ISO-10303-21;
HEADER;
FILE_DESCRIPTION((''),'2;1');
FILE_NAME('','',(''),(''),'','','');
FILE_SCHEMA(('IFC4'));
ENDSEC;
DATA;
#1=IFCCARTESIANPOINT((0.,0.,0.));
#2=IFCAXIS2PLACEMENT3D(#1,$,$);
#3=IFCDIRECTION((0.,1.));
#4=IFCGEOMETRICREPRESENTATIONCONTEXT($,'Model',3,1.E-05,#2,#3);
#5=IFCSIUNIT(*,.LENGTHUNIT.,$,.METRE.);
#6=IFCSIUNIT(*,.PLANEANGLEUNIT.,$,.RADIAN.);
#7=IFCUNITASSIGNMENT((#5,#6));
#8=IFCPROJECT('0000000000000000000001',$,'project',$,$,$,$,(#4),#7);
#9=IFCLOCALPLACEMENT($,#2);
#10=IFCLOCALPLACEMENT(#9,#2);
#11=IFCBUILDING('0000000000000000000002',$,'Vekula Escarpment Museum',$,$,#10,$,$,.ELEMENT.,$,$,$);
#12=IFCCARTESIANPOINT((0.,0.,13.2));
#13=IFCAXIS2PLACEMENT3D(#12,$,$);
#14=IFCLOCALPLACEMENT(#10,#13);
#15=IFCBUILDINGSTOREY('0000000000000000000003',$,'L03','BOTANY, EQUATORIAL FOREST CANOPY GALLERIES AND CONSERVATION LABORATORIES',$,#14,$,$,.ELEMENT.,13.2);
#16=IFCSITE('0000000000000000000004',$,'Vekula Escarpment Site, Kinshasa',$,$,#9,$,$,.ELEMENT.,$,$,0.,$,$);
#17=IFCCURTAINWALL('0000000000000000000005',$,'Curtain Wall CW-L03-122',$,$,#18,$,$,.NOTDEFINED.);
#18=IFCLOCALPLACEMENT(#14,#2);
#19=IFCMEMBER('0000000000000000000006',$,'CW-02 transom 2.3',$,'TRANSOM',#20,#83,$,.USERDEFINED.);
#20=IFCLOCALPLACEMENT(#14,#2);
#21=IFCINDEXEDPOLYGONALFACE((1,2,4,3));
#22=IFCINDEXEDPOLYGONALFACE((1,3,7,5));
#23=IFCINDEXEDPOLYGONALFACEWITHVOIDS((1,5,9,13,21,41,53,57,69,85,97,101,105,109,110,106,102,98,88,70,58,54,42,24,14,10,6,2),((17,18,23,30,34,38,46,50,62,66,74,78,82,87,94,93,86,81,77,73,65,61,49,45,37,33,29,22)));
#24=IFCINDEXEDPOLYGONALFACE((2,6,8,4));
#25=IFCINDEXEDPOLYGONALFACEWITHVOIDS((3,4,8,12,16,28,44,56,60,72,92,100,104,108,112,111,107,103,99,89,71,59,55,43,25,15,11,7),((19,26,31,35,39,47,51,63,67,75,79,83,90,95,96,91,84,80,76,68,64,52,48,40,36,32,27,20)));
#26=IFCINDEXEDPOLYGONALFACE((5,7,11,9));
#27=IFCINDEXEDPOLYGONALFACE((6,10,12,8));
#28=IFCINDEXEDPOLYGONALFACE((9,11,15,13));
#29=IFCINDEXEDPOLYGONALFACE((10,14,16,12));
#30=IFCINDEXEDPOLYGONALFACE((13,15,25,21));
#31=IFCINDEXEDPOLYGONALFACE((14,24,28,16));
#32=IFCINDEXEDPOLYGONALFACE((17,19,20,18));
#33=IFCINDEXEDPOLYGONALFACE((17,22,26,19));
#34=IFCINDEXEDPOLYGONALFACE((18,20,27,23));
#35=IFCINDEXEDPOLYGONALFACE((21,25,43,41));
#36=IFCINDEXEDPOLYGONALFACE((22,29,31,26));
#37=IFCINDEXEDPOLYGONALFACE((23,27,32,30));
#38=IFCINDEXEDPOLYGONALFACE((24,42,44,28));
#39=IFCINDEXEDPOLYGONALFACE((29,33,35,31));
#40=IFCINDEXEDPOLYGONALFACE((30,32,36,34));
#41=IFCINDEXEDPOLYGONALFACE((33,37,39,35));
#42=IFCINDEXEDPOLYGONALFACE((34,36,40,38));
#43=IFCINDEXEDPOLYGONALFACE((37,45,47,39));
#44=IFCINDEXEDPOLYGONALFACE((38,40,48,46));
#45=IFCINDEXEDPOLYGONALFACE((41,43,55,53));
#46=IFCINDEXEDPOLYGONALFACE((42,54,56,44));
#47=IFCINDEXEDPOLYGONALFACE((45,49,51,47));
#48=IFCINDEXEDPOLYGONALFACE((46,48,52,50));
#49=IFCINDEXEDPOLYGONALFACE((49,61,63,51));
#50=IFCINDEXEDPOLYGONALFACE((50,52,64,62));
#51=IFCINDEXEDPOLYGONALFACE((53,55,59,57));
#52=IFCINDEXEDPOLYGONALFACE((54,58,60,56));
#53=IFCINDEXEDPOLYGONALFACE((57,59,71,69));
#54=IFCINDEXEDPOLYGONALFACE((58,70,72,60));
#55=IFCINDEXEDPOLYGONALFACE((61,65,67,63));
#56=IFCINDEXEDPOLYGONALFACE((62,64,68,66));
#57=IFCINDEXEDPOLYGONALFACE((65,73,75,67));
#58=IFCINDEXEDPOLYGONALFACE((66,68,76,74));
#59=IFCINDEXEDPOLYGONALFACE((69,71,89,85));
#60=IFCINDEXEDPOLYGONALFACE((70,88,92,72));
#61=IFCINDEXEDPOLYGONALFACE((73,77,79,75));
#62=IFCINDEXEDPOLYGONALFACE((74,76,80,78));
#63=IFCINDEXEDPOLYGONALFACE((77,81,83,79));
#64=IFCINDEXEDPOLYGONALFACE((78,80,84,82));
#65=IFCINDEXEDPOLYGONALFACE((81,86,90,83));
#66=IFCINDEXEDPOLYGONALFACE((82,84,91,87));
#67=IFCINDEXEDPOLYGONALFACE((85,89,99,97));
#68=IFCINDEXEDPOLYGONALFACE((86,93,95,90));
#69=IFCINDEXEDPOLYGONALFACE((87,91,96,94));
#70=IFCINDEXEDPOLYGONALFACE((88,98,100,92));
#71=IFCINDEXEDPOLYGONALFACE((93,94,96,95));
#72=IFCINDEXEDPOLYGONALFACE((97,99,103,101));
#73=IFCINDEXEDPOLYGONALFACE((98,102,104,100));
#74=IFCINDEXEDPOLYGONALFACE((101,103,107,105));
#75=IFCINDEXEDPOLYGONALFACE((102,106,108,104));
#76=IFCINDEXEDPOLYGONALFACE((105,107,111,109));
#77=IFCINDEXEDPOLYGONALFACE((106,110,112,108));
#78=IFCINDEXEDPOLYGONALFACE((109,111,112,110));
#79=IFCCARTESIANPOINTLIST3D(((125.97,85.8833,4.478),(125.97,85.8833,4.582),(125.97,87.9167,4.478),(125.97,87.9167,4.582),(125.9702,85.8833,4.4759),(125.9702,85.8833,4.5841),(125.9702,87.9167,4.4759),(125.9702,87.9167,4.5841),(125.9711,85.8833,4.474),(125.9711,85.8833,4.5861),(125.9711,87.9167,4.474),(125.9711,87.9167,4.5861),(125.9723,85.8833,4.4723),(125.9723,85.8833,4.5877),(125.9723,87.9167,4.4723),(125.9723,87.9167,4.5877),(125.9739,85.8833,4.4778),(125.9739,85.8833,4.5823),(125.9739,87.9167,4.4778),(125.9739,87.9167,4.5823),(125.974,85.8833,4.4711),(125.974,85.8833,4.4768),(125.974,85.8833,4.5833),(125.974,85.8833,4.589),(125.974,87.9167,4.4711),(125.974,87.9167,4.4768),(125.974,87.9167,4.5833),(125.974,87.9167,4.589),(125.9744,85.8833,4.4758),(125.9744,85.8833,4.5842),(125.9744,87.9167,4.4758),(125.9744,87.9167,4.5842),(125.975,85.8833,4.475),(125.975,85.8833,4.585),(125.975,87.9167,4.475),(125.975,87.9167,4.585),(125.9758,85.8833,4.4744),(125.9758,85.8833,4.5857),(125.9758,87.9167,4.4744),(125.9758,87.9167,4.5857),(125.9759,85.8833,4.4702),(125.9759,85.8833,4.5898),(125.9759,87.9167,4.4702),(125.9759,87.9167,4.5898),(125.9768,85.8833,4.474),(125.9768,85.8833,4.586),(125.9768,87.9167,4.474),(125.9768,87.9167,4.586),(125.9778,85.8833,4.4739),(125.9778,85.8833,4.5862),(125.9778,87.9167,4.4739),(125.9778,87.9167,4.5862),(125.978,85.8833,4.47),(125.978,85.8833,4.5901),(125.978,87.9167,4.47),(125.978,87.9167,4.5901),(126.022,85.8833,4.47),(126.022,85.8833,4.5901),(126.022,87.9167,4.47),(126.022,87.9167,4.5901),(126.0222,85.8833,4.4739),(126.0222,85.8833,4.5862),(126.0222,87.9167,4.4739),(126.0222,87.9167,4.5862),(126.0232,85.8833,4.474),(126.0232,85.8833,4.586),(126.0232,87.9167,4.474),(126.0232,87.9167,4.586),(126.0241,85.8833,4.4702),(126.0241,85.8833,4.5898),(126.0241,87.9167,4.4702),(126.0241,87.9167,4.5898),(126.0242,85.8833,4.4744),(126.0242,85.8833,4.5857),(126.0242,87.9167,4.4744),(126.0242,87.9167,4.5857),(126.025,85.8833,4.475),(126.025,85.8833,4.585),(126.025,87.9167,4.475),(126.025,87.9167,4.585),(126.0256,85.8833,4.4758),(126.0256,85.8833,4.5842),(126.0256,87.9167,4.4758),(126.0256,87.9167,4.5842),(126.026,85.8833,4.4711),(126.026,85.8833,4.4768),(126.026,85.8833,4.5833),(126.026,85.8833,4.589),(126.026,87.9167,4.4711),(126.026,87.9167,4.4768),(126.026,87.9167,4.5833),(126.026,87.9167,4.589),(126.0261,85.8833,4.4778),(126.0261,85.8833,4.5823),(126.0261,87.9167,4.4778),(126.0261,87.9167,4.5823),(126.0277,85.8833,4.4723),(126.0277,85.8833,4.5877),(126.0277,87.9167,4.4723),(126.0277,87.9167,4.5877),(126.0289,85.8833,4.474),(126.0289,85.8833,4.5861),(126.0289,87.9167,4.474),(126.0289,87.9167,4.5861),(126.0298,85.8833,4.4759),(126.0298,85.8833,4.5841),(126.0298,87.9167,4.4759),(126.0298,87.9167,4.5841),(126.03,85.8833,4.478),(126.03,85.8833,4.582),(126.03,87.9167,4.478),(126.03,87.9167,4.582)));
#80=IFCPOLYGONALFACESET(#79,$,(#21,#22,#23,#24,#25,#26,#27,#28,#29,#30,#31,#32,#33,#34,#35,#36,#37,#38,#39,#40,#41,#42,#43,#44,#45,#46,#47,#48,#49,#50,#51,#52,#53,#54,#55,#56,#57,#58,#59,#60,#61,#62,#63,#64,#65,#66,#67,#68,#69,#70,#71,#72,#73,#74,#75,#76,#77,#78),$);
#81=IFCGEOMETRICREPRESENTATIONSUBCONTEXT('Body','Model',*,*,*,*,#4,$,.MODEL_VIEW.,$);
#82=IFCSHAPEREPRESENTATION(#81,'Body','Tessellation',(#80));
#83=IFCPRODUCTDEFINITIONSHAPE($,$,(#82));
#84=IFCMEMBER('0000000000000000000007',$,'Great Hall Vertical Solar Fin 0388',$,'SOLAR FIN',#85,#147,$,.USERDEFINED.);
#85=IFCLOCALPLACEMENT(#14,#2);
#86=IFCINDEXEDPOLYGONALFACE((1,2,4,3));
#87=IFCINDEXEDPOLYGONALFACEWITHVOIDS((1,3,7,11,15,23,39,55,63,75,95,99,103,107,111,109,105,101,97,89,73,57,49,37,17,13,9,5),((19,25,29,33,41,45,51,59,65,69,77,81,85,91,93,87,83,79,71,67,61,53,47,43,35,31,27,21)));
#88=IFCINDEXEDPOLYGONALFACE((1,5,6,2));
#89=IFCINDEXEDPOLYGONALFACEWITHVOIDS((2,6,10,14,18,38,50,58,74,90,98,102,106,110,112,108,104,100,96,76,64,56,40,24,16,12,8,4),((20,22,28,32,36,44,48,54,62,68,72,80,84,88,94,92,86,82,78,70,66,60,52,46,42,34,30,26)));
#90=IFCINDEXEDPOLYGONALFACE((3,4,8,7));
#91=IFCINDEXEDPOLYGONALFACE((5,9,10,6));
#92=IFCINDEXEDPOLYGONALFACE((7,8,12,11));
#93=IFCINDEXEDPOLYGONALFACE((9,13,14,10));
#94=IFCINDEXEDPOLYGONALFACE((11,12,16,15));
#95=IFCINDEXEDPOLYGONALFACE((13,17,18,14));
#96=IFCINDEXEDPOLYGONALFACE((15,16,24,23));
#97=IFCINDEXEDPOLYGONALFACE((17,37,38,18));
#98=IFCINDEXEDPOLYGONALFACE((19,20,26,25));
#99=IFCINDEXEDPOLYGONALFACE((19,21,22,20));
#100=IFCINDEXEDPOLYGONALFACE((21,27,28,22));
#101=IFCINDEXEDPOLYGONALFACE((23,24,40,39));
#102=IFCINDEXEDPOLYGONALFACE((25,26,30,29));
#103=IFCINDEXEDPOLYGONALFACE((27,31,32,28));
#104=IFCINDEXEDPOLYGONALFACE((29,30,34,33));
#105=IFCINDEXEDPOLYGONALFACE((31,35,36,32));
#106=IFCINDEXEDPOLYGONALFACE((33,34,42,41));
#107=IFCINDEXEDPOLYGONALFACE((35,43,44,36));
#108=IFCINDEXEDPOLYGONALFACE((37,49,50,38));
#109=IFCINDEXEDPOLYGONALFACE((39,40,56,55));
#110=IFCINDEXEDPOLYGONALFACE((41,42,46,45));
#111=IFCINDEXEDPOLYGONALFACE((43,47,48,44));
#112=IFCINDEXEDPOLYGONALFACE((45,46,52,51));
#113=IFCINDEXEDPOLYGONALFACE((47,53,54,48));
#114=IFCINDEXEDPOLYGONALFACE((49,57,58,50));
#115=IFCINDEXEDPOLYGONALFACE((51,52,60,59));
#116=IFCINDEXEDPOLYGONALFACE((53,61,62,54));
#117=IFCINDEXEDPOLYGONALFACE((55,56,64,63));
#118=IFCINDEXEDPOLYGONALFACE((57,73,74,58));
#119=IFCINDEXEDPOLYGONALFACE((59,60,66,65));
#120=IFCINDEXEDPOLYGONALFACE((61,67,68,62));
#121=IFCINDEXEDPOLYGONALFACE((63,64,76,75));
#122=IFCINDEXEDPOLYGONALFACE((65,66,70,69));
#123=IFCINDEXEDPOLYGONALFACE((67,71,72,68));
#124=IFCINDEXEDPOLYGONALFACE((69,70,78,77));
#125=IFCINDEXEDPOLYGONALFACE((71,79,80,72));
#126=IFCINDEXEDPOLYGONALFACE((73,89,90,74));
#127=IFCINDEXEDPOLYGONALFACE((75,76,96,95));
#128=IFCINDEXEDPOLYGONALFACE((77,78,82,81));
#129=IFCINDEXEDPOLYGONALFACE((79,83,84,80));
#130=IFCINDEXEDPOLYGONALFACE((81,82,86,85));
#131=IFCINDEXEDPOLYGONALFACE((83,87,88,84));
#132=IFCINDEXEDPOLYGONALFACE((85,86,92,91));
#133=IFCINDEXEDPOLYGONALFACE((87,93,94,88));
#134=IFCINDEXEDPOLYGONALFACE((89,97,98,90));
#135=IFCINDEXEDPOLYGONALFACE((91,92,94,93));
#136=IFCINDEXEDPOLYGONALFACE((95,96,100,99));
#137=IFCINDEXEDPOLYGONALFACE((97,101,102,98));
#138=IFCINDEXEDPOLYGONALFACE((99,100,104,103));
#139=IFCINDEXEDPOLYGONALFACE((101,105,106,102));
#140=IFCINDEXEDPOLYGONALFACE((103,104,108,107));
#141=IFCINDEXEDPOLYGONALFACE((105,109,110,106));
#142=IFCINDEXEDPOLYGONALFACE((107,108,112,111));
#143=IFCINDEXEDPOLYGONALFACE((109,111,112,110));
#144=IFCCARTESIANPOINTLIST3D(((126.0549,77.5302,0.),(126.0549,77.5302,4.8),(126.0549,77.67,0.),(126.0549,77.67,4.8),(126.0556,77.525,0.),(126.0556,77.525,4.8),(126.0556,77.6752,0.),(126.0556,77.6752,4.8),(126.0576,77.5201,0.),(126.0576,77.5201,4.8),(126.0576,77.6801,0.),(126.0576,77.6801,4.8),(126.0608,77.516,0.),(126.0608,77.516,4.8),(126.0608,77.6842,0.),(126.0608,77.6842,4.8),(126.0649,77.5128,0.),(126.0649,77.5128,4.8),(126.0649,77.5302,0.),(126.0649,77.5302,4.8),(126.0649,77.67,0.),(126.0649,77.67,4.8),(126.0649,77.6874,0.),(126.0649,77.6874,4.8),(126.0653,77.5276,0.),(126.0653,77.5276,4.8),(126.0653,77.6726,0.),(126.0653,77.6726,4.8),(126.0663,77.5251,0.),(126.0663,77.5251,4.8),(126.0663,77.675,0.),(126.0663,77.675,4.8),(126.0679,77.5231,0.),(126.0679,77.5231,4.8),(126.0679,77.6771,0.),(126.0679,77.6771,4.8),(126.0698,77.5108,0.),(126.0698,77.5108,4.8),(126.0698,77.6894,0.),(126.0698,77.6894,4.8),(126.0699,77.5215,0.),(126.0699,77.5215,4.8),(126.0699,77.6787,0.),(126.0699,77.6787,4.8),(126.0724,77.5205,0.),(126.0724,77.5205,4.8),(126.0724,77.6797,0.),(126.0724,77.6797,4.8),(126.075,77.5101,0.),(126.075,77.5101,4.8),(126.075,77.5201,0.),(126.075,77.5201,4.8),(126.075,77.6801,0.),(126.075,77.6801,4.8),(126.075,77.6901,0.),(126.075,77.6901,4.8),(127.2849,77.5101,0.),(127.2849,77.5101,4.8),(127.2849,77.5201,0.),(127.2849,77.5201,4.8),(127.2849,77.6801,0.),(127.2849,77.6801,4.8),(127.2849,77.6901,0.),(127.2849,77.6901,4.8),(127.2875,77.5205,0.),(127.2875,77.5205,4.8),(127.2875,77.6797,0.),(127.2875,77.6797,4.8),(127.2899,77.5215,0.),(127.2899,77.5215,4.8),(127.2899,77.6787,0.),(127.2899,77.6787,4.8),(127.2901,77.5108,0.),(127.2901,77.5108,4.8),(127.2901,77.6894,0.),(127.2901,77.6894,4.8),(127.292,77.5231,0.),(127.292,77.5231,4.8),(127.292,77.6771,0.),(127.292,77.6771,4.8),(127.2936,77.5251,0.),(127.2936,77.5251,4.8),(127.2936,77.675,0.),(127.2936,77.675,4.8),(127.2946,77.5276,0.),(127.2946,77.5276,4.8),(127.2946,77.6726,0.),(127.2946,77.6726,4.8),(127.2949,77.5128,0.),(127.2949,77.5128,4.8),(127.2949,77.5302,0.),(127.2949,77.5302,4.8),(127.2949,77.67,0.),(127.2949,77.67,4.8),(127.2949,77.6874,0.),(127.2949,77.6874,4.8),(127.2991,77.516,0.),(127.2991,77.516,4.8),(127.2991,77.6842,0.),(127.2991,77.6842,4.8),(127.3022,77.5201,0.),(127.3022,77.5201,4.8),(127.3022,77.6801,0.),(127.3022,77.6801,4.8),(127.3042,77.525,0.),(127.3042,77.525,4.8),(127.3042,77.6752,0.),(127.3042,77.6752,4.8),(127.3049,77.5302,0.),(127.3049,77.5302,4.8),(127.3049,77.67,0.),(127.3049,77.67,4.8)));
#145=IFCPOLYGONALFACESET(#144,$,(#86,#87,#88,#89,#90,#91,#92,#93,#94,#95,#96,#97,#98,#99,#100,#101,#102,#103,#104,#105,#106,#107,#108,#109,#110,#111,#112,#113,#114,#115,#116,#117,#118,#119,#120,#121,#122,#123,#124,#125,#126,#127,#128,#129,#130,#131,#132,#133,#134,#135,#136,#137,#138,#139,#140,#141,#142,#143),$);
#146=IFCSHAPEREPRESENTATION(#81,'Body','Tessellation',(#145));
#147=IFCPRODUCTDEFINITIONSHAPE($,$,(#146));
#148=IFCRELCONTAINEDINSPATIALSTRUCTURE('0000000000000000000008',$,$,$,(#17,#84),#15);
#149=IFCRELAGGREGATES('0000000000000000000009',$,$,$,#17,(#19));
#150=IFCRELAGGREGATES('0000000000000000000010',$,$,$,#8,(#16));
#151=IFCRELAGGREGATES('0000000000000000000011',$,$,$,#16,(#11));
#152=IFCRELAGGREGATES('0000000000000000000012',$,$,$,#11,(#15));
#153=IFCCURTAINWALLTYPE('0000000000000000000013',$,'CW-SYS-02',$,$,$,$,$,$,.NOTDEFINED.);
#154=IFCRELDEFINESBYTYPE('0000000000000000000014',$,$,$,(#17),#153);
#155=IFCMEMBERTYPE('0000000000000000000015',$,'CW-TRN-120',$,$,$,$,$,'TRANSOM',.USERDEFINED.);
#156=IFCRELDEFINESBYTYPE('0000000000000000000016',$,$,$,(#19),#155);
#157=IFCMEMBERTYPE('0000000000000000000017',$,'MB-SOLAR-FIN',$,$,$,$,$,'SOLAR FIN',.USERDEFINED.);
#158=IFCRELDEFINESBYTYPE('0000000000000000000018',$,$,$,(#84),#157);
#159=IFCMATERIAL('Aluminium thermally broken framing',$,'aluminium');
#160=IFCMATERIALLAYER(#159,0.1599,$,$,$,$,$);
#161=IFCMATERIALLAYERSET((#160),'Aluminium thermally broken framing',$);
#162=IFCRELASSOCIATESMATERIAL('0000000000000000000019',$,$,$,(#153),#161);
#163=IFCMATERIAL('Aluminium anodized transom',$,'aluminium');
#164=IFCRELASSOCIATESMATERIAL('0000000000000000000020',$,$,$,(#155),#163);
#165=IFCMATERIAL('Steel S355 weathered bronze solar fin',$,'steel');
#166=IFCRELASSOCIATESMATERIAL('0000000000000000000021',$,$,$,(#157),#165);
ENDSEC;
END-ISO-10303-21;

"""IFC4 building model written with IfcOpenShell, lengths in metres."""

from ifc_helpers import new_model, si_unit, direction, frame, origin, origin_2d, place, context, subcontext, project, spatial, hollow_rectangle, extrude, material, layer, layer_set, material_profile, profile_set, type_object, element, aggregate, save


model = new_model("IFC4")

# Units and contexts
model_context = context("Model", 3, precision=1e-05, world=origin(), true_north=direction((0.0, 1.0)))
body_context = subcontext(model_context, "Body", "Model", "MODEL_VIEW")
ifc_project = project(units=[si_unit("LENGTHUNIT", "METRE"), si_unit("PLANEANGLEUNIT", "RADIAN")], contexts=[model_context])

# Site, building, storey
site_placement = place(None, origin())
site = spatial("IfcSite", under=ifc_project, at=site_placement, Name="Vekula Escarpment Site, Kinshasa", CompositionType="ELEMENT", RefElevation=0.0)
building_placement = place(site_placement, origin())
building = spatial("IfcBuilding", under=site, at=building_placement, Name="Vekula Escarpment Museum", CompositionType="ELEMENT")
storey_placement = place(building_placement, frame((0.0, 0.0, 13.2)))
storey = spatial("IfcBuildingStorey", under=building, at=storey_placement, Name="L03", Description="BOTANY, EQUATORIAL FOREST CANOPY GALLERIES AND CONSERVATION LABORATORIES", CompositionType="ELEMENT", Elevation=13.2)

# Curtain wall
ifc_material_1 = material(Name="Aluminium thermally broken framing", Category="aluminium")
ifc_layer_1 = layer(ifc_material_1, 0.1599)
ifc_layer_set_1 = layer_set([ifc_layer_1], Name="Aluminium thermally broken framing")
curtain_wall_type_1 = type_object("IfcCurtainWallType", Name="CW-SYS-02", PredefinedType="NOTDEFINED", material=ifc_layer_set_1)
curtain_wall_1_placement = place(storey_placement, origin())
curtain_wall_1 = element("IfcCurtainWall", 1, at=curtain_wall_1_placement, inside=storey, type_object=curtain_wall_type_1, Name="Curtain Wall CW-L03-122", PredefinedType="NOTDEFINED")

# Member
ifc_material_2 = material(Name="Aluminium anodized transom", Category="aluminium")
ifc_material_profile_1 = material_profile(ifc_material_2, hollow_rectangle(XDim=0.0601, YDim=0.1201, WallThickness=0.0039, InnerFilletRadius=0.0039, OuterFilletRadius=0.0081, at=origin_2d()), Name="ALU 120x60x4")
ifc_profile_set_1 = profile_set([ifc_material_profile_1], Name="Aluminium anodized transom")
member_type_1 = type_object("IfcMemberType", Name="CW-TRN-120", ElementType="TRANSOM", PredefinedType="USERDEFINED", material=ifc_profile_set_1)
member_1_placement = place(storey_placement, frame((126.0, 85.8833, 4.53), z_axis=(0.0, 1.0, 0.0), x_axis=(-1.0, 0.0, 0.0)))
member_1 = element("IfcMember", 2, at=member_1_placement, type_object=member_type_1, Name="CW-02 transom 2.3", ObjectType="TRANSOM", PredefinedType="USERDEFINED", context=body_context, shape_type="SweptSolid", body=[
    extrude(hollow_rectangle(XDim=0.0601, YDim=0.1201, WallThickness=0.0039, InnerFilletRadius=0.0039, OuterFilletRadius=0.0081, at=origin_2d()), origin(), (0.0, 0.0, 1.0), 2.0334),
])

# Member
ifc_material_3 = material(Name="Steel S355 weathered bronze solar fin", Category="steel")
ifc_material_profile_2 = material_profile(ifc_material_3, hollow_rectangle(XDim=0.1799, YDim=1.25, WallThickness=0.01, InnerFilletRadius=0.01, OuterFilletRadius=0.02, at=origin_2d()), Name="RHS 1250x180x10")
ifc_profile_set_2 = profile_set([ifc_material_profile_2], Name="Steel S355 weathered bronze solar fin")
member_type_2 = type_object("IfcMemberType", Name="MB-SOLAR-FIN", ElementType="SOLAR FIN", PredefinedType="USERDEFINED", material=ifc_profile_set_2)
for number, where, z_axis, x_axis, name in (
    (3, (126.6799, 77.6001, 0.0), (0.0, 0.0, 1.0), (0.0, 1.0, 0.0), "Great Hall Vertical Solar Fin 0388"),
):
    element("IfcMember", number, at=place(storey_placement, frame(where, z_axis=z_axis, x_axis=x_axis)), inside=storey, type_object=member_type_2, Name=name, ObjectType="SOLAR FIN", PredefinedType="USERDEFINED", context=body_context, shape_type="SweptSolid", body=[
        extrude(hollow_rectangle(XDim=0.1799, YDim=1.25, WallThickness=0.01, InnerFilletRadius=0.01, OuterFilletRadius=0.02, at=origin_2d()), origin(), (0.0, 0.0, 1.0), 4.8),
    ])

aggregate(curtain_wall_1, [member_1])

save(model, "model.ifc")
